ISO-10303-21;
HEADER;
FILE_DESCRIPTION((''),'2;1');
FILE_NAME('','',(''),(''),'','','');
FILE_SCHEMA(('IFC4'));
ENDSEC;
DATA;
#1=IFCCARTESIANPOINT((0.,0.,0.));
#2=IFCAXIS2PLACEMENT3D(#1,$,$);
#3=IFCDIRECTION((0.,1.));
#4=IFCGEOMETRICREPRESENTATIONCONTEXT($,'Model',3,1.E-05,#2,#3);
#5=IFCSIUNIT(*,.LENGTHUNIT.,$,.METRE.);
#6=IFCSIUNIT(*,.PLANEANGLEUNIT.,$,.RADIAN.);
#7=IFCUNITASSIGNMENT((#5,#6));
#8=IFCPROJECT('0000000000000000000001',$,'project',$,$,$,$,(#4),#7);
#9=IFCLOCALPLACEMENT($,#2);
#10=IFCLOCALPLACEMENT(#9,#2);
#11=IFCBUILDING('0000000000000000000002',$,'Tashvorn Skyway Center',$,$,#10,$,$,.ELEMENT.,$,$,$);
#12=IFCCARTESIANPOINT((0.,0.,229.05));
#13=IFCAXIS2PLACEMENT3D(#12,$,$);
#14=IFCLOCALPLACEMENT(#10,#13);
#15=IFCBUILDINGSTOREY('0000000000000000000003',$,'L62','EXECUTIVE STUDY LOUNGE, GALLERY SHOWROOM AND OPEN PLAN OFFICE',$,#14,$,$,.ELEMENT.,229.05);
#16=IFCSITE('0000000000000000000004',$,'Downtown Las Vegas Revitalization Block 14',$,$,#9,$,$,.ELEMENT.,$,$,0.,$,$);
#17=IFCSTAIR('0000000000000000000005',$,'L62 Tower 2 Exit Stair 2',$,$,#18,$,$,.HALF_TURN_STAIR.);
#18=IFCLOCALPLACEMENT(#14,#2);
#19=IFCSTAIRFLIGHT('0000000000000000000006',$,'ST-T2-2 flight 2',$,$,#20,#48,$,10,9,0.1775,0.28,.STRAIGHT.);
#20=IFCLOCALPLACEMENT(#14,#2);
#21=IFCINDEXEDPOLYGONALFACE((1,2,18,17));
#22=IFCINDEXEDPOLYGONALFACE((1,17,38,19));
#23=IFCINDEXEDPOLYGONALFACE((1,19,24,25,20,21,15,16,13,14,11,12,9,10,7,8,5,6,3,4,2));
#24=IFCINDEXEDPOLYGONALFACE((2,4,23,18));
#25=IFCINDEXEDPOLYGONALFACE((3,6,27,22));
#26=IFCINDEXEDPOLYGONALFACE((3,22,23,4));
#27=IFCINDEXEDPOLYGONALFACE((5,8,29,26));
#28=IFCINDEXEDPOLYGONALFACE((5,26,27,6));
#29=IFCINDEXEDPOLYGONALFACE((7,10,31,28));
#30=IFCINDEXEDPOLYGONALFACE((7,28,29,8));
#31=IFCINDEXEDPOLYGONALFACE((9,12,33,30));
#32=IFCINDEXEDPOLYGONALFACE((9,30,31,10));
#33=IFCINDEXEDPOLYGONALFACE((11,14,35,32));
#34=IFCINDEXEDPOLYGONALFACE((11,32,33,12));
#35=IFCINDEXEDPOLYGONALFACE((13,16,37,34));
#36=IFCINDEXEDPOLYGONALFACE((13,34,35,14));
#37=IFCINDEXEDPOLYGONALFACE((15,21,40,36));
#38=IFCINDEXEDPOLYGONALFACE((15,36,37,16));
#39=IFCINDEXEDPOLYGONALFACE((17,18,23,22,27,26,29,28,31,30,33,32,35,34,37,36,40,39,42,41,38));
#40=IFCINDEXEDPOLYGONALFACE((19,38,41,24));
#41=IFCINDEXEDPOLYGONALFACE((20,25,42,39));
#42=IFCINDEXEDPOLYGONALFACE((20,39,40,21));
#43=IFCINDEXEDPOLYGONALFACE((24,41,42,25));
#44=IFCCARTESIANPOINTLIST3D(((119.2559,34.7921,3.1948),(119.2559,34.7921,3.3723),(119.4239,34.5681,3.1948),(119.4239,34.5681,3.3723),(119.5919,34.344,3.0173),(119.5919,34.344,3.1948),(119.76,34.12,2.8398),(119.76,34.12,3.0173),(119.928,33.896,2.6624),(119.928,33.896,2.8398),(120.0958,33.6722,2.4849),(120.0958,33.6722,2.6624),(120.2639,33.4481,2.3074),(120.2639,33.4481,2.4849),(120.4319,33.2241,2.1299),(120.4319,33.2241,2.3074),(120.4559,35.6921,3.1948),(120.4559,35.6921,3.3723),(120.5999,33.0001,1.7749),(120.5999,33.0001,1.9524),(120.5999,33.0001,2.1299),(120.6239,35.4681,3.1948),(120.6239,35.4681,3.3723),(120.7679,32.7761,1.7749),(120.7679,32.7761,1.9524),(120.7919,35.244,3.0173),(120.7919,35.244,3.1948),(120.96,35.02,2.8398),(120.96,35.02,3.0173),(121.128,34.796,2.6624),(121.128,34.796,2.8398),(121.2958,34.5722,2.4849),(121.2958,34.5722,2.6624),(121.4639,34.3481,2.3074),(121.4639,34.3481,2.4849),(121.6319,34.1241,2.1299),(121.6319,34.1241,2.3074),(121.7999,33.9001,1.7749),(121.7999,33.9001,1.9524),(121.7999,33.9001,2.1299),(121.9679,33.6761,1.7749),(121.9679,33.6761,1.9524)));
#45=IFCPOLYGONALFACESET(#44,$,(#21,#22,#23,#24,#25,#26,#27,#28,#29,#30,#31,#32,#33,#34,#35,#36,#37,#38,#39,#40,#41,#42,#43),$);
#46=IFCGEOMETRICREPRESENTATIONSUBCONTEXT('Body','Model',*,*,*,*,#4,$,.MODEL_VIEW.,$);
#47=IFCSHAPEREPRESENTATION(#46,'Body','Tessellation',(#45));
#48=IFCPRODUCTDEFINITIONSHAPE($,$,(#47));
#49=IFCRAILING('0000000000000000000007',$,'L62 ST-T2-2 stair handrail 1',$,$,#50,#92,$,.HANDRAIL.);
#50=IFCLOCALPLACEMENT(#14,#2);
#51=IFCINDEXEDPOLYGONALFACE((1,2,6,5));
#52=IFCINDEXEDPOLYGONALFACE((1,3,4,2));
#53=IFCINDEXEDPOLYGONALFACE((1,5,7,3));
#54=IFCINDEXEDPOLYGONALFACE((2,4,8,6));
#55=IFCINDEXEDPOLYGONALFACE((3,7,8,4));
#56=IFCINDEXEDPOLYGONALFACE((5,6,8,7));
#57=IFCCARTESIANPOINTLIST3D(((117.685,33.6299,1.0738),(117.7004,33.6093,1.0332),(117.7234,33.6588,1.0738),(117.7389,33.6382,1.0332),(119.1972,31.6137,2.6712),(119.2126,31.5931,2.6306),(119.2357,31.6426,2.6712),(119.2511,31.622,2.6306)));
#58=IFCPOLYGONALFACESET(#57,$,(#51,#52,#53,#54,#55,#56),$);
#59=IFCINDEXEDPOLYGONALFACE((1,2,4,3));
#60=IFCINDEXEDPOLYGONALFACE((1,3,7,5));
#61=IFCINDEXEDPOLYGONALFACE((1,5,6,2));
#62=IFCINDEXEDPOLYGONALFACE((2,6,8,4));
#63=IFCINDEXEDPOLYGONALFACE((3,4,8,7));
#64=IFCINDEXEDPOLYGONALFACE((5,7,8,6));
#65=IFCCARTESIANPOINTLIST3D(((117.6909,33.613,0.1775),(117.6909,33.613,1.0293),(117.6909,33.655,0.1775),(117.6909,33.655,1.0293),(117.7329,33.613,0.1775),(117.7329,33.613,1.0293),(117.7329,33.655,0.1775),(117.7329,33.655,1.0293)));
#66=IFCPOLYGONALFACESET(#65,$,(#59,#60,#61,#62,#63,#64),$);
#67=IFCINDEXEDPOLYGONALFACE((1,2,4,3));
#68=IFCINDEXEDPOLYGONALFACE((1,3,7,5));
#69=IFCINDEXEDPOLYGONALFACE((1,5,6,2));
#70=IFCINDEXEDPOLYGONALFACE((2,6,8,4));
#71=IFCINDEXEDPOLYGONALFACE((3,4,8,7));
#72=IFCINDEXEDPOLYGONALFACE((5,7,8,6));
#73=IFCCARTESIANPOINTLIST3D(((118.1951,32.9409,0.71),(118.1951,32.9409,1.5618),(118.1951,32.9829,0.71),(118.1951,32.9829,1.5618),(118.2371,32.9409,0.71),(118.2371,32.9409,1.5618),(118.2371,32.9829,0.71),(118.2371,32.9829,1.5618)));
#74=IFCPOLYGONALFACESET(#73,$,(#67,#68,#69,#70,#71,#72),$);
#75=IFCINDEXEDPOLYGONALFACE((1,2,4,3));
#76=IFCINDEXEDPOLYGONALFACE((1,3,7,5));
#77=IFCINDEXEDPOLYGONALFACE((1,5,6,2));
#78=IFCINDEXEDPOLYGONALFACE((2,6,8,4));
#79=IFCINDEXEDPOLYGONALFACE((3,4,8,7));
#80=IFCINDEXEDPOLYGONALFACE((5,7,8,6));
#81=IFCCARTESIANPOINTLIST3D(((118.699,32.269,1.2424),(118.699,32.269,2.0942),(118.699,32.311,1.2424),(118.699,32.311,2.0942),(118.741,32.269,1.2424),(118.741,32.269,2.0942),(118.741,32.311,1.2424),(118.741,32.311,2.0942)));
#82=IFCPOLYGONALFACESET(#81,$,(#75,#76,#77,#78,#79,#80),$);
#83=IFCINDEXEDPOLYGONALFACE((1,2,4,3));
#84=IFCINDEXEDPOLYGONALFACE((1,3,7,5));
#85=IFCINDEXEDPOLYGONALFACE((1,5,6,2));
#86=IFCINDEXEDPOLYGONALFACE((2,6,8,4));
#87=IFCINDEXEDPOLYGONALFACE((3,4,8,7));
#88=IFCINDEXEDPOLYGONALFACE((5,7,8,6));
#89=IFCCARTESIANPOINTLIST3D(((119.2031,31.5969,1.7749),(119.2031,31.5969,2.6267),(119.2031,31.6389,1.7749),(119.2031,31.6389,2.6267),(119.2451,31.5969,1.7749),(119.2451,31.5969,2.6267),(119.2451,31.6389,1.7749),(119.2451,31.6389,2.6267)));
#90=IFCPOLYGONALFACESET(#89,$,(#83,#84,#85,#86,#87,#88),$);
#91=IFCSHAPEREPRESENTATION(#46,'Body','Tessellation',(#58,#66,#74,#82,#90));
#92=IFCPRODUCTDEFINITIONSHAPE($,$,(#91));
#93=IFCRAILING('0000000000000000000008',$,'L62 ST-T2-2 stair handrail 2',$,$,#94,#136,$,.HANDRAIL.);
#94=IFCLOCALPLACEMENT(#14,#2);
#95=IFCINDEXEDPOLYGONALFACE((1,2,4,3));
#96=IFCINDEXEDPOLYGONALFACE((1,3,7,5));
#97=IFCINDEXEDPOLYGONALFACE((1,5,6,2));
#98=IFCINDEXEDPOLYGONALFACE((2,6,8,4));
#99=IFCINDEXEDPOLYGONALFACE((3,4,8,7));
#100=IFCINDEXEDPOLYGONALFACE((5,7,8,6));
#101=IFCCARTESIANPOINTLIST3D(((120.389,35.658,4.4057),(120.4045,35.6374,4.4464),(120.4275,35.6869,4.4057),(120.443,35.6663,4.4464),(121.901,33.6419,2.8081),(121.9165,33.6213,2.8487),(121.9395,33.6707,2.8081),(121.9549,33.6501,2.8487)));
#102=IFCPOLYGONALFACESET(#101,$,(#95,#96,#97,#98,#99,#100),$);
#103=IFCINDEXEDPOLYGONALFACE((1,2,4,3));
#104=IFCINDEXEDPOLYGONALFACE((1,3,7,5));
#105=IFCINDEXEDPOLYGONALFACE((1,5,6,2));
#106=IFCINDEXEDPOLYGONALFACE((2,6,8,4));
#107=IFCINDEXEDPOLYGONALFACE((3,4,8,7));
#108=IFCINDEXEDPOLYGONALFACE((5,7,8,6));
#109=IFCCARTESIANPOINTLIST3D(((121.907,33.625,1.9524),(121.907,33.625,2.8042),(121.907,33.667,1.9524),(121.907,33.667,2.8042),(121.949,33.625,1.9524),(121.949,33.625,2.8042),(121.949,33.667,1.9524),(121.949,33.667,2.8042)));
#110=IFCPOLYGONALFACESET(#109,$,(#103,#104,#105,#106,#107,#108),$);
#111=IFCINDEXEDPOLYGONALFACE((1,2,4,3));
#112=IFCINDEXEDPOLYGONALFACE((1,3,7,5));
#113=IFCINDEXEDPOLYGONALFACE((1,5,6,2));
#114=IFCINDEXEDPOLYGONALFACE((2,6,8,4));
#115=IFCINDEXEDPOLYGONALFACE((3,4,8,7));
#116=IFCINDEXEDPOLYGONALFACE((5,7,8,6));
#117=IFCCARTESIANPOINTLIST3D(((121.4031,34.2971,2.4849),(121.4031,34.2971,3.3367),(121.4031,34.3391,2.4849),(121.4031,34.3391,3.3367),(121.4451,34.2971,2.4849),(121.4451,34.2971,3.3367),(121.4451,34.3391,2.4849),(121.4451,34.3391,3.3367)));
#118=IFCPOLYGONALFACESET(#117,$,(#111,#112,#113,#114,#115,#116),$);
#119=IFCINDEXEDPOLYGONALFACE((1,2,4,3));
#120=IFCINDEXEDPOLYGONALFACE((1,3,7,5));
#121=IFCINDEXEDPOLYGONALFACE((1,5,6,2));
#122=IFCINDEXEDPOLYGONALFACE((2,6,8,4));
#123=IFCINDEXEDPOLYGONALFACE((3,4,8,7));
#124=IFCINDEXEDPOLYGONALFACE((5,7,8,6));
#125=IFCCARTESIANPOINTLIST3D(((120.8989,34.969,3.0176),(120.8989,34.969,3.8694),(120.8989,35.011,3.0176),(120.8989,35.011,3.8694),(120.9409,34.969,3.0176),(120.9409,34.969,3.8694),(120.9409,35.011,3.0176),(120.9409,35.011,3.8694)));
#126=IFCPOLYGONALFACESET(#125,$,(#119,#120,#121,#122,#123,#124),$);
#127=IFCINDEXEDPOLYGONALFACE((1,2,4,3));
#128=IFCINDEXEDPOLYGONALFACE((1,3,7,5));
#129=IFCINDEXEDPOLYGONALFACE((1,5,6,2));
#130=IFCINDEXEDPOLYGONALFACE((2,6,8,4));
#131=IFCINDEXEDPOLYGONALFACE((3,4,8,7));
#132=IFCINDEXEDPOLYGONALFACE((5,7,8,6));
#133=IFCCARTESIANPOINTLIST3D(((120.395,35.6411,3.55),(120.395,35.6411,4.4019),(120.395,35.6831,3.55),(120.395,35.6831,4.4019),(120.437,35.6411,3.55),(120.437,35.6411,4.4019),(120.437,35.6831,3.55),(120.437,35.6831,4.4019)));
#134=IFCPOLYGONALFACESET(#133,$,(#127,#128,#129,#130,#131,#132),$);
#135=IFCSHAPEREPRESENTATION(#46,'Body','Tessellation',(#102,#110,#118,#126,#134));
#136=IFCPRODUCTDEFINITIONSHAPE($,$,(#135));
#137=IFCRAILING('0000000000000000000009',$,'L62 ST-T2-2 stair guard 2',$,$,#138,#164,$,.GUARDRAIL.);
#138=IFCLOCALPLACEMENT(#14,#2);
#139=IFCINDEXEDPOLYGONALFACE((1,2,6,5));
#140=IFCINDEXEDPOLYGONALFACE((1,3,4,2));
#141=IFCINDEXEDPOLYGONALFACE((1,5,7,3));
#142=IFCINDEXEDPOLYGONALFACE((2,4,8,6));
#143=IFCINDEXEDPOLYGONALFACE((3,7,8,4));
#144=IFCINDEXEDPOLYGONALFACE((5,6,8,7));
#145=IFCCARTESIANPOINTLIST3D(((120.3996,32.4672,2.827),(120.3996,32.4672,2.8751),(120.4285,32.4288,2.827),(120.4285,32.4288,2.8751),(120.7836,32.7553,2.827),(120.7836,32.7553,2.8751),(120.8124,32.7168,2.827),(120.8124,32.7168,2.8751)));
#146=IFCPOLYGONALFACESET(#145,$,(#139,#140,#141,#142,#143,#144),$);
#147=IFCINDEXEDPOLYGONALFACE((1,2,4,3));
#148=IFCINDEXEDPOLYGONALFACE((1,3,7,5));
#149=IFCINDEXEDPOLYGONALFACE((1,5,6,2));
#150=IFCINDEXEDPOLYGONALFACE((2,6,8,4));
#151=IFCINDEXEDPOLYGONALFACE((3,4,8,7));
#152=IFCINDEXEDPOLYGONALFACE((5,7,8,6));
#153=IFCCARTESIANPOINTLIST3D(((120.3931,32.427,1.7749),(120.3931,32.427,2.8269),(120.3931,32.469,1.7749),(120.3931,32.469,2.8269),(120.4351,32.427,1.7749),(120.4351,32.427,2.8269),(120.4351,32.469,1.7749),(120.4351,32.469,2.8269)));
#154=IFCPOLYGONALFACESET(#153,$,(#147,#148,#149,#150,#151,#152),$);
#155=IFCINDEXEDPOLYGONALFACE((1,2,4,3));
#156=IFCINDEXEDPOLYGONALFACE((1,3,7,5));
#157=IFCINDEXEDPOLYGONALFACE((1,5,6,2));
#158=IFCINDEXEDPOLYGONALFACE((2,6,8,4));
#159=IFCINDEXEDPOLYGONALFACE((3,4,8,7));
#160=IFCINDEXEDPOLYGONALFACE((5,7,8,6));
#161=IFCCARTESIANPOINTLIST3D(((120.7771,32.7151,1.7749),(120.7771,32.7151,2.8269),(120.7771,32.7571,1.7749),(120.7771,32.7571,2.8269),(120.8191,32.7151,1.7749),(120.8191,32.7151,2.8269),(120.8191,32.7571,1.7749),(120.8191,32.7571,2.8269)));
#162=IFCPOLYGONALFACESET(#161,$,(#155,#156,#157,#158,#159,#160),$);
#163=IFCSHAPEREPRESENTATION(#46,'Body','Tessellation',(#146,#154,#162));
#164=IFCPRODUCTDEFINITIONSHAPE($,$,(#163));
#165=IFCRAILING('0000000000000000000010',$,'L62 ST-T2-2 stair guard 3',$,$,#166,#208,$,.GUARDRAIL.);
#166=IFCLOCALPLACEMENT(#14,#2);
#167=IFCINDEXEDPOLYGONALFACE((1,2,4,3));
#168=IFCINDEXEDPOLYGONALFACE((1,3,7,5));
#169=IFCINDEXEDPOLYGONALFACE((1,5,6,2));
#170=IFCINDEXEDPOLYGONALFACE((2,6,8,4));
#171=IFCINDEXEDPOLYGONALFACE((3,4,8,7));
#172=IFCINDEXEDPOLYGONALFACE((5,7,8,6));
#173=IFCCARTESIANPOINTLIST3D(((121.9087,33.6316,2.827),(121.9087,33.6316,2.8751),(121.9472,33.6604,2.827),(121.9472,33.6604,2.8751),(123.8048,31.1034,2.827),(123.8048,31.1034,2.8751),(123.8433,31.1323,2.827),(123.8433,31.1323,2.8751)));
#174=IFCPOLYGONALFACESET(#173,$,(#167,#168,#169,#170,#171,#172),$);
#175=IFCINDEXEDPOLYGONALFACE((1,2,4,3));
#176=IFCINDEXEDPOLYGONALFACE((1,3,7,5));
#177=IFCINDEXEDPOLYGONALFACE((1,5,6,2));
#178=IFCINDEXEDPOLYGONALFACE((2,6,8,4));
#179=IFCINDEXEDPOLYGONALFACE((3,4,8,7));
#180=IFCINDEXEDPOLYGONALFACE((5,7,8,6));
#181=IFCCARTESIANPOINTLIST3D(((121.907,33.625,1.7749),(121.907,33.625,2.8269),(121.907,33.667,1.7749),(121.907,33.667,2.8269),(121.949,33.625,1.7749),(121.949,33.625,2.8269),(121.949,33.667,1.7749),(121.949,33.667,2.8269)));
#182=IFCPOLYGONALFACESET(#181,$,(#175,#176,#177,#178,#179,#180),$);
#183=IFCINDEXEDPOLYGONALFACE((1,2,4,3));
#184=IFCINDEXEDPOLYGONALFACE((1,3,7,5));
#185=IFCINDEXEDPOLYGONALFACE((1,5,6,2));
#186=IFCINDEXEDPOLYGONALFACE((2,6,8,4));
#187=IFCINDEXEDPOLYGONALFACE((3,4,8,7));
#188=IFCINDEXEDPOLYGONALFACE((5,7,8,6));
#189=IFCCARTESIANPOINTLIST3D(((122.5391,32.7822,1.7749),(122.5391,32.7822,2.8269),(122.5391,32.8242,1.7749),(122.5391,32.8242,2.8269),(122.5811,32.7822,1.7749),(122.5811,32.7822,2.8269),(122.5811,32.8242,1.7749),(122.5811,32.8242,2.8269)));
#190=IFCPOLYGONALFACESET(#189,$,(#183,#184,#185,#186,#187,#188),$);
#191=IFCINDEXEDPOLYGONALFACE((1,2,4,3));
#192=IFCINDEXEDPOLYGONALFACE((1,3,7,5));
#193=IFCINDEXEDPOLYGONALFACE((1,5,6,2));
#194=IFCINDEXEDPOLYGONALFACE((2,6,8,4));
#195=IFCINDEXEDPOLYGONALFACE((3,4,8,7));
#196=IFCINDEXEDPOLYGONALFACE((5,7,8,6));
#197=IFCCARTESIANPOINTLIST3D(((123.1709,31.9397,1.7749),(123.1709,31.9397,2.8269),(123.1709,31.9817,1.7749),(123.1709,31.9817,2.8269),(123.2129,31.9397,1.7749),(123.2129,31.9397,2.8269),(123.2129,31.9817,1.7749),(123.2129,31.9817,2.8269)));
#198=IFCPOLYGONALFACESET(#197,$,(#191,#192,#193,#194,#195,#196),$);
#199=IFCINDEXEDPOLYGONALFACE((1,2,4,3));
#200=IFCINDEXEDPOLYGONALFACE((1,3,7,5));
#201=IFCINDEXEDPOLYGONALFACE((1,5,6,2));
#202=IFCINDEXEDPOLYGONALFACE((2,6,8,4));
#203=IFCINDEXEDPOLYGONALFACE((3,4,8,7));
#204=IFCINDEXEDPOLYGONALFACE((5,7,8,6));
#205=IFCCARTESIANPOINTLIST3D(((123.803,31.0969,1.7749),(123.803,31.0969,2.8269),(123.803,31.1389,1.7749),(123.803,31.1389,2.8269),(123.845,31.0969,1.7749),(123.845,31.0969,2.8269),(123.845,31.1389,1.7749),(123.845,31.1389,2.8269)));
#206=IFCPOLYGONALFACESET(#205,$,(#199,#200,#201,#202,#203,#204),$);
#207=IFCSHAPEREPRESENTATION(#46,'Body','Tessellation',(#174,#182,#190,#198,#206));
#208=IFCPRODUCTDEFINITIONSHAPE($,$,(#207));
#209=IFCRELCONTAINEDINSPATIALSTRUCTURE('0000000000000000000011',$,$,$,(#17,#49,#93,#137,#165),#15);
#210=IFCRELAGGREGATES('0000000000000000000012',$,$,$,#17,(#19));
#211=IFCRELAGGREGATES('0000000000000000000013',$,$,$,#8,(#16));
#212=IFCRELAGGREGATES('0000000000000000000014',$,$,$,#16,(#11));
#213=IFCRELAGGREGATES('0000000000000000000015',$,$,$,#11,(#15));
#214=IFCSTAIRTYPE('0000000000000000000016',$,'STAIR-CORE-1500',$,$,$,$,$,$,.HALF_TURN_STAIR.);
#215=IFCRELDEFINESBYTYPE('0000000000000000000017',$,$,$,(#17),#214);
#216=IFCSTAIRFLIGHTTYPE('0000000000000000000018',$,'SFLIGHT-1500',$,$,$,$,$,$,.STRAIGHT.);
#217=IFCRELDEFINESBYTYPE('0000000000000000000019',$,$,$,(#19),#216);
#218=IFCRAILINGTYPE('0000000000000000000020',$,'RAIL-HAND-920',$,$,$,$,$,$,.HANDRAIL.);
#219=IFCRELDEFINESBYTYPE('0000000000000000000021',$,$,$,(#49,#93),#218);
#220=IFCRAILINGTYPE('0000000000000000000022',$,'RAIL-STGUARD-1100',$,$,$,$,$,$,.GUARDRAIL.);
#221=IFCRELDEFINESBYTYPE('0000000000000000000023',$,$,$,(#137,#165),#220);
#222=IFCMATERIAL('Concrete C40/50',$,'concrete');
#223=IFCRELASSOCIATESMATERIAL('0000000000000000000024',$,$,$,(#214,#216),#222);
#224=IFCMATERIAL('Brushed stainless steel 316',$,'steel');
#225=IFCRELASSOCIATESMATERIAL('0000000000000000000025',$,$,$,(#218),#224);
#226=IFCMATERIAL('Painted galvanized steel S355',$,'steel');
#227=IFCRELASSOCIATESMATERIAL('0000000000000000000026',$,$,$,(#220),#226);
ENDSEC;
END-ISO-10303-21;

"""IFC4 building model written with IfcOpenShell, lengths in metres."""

from ifc_helpers import new_model, si_unit, direction, frame, origin, origin_2d, place, context, subcontext, project, spatial, polyline, rectangle, outline, extrude, material, type_object, element, aggregate, save


model = new_model("IFC4")

# Units and contexts
model_context = context("Model", 3, precision=1e-05, world=origin(), true_north=direction((0.0, 1.0)))
body_context = subcontext(model_context, "Body", "Model", "MODEL_VIEW")
ifc_project = project(units=[si_unit("LENGTHUNIT", "METRE"), si_unit("PLANEANGLEUNIT", "RADIAN")], contexts=[model_context])

# Site, building, storey
site_placement = place(None, origin())
site = spatial("IfcSite", under=ifc_project, at=site_placement, Name="Downtown Las Vegas Revitalization Block 14", CompositionType="ELEMENT", RefElevation=0.0)
building_placement = place(site_placement, origin())
building = spatial("IfcBuilding", under=site, at=building_placement, Name="Tashvorn Skyway Center", CompositionType="ELEMENT")
storey_placement = place(building_placement, frame((0.0, 0.0, 229.05)))
storey = spatial("IfcBuildingStorey", under=building, at=storey_placement, Name="L62", Description="EXECUTIVE STUDY LOUNGE, GALLERY SHOWROOM AND OPEN PLAN OFFICE", CompositionType="ELEMENT", Elevation=229.05)

# Shared definitions
ifc_material_1 = material(Name="Concrete C40/50", Category="concrete")

# Stair, stair flight
stair_type = type_object("IfcStairType", Name="STAIR-CORE-1500", PredefinedType="HALF_TURN_STAIR", material=ifc_material_1)
stair_placement = place(storey_placement, origin())
stair = element("IfcStair", 1, at=stair_placement, inside=storey, type_object=stair_type, Name="L62 Tower 2 Exit Stair 2", PredefinedType="HALF_TURN_STAIR")
stair_flight_type = type_object("IfcStairFlightType", Name="SFLIGHT-1500", PredefinedType="STRAIGHT", material=ifc_material_1)
stair_flight_1_placement = place(storey_placement, frame((121.3679, 33.2261, 1.7749), z_axis=(0.0, 0.0, 1.0), x_axis=(-0.6, 0.8, 0.0)))
stair_flight_1 = element("IfcStairFlight", 2, at=stair_flight_1_placement, type_object=stair_flight_type, Name="ST-T2-2 flight 2", NumberOfRisers=10, NumberOfTreads=9, PredefinedType="STRAIGHT", RiserHeight=0.1775, TreadLength=0.28, context=body_context, shape_type="SweptSolid", body=[
    extrude(outline(polyline([(0.0, 0.0), (0.0, 0.1775), (0.28, 0.1775), (0.28, 0.355), (0.5601, 0.355), (0.5601, 0.5325), (0.8401, 0.5325), (0.8401, 0.71), (1.1201, 0.71), (1.1201, 0.8875), (1.3999, 0.8875), (1.3999, 1.0649), (1.6799, 1.0649), (1.6799, 1.2424), (1.96, 1.2424), (1.96, 1.4199), (2.24, 1.4199), (2.24, 1.5974), (2.52, 1.5974), (2.52, 1.7749), (2.52, 1.4199), (0.28, 0.0), (0.0, 0.0)])), frame((0.0, 0.75, 0.0), z_axis=(0.0, -1.0, 0.0), x_axis=(1.0, 0.0, 0.0)), (0.0, 0.0, 1.0), 1.5),
])
aggregate(stair, [stair_flight_1])

# Railings
ifc_material_2 = material(Name="Brushed stainless steel 316", Category="steel")
railing_type_1 = type_object("IfcRailingType", Name="RAIL-HAND-920", PredefinedType="HANDRAIL", material=ifc_material_2)
railing_1_placement = place(storey_placement, frame((117.7119, 33.634, 0.1775)))
element("IfcRailing", 3, at=railing_1_placement, inside=storey, type_object=railing_type_1, Name="L62 ST-T2-2 stair handrail 1", PredefinedType="HANDRAIL", context=body_context, shape_type="SweptSolid", body=[
    extrude(rectangle(XDim=0.0481, YDim=0.0481, at=origin_2d()), frame((0.0, 0.0, 0.876), z_axis=(0.506802, -0.675681, 0.535357), x_axis=(0.799977, 0.600031, 0.0)), (0.0, 0.0, 1.0), 2.9839),
    extrude(rectangle(XDim=0.042, YDim=0.042, at=origin_2d()), origin(), (0.0, 0.0, 1.0), 0.8518),
    extrude(rectangle(XDim=0.042, YDim=0.042, at=origin_2d()), frame((0.5042, -0.6721, 0.5325)), (0.0, 0.0, 1.0), 0.8518),
    extrude(rectangle(XDim=0.042, YDim=0.042, at=origin_2d()), frame((1.0081, -1.344, 1.0649)), (0.0, 0.0, 1.0), 0.8518),
    extrude(rectangle(XDim=0.042, YDim=0.042, at=origin_2d()), frame((1.5122, -2.0161, 1.5974)), (0.0, 0.0, 1.0), 0.8518),
])
railing_2_placement = place(storey_placement, frame((121.928, 33.646, 1.9524)))
element("IfcRailing", 4, at=railing_2_placement, inside=storey, type_object=railing_type_1, Name="L62 ST-T2-2 stair handrail 2", PredefinedType="HANDRAIL", context=body_context, shape_type="SweptSolid", body=[
    extrude(rectangle(XDim=0.0481, YDim=0.0481, at=origin_2d()), frame((0.0, 0.0, 0.876), z_axis=(-0.506719, 0.675679, 0.535438), x_axis=(-0.800023, -0.599969, 0.0)), (0.0, 0.0, 1.0), 2.9839),
    extrude(rectangle(XDim=0.042, YDim=0.042, at=origin_2d()), origin(), (0.0, 0.0, 1.0), 0.8518),
    extrude(rectangle(XDim=0.042, YDim=0.042, at=origin_2d()), frame((-0.5039, 0.6721, 0.5325)), (0.0, 0.0, 1.0), 0.8518),
    extrude(rectangle(XDim=0.042, YDim=0.042, at=origin_2d()), frame((-1.0081, 1.344, 1.0652)), (0.0, 0.0, 1.0), 0.8518),
    extrude(rectangle(XDim=0.042, YDim=0.042, at=origin_2d()), frame((-1.512, 2.0161, 1.5977)), (0.0, 0.0, 1.0), 0.8518),
])
ifc_material_3 = material(Name="Painted galvanized steel S355", Category="steel")
railing_type_2 = type_object("IfcRailingType", Name="RAIL-STGUARD-1100", PredefinedType="GUARDRAIL", material=ifc_material_3)
railing_3_placement = place(storey_placement, frame((120.4141, 32.448, 1.7749)))
element("IfcRailing", 5, at=railing_3_placement, inside=storey, type_object=railing_type_2, Name="L62 ST-T2-2 stair guard 2", PredefinedType="GUARDRAIL", context=body_context, shape_type="SweptSolid", body=[
    extrude(rectangle(XDim=0.0481, YDim=0.0481, at=origin_2d()), frame((0.0, 0.0, 1.0762), z_axis=(0.799939, 0.600081, 0.0), x_axis=(-0.600081, 0.799939, 0.0)), (0.0, 0.0, 1.0), 0.48),
    extrude(rectangle(XDim=0.042, YDim=0.042, at=origin_2d()), origin(), (0.0, 0.0, 1.0), 1.052),
    extrude(rectangle(XDim=0.042, YDim=0.042, at=origin_2d()), frame((0.384, 0.2881, 0.0)), (0.0, 0.0, 1.0), 1.052),
])
railing_4_placement = place(storey_placement, frame((121.928, 33.646, 1.7749)))
element("IfcRailing", 6, at=railing_4_placement, inside=storey, type_object=railing_type_2, Name="L62 ST-T2-2 stair guard 3", PredefinedType="GUARDRAIL", context=body_context, shape_type="SweptSolid", body=[
    extrude(rectangle(XDim=0.0481, YDim=0.0481, at=origin_2d()), frame((0.0, 0.0, 1.0762), z_axis=(0.599988, -0.800009, 0.0), x_axis=(0.800009, 0.599988, 0.0)), (0.0, 0.0, 1.0), 3.1602),
    extrude(rectangle(XDim=0.042, YDim=0.042, at=origin_2d()), origin(), (0.0, 0.0, 1.0), 1.052),
    extrude(rectangle(XDim=0.042, YDim=0.042, at=origin_2d()), frame((0.6321, -0.8428, 0.0)), (0.0, 0.0, 1.0), 1.052),
    extrude(rectangle(XDim=0.042, YDim=0.042, at=origin_2d()), frame((1.2639, -1.6853, 0.0)), (0.0, 0.0, 1.0), 1.052),
    extrude(rectangle(XDim=0.042, YDim=0.042, at=origin_2d()), frame((1.896, -2.5281, 0.0)), (0.0, 0.0, 1.0), 1.052),
])

save(model, "model.ifc")
